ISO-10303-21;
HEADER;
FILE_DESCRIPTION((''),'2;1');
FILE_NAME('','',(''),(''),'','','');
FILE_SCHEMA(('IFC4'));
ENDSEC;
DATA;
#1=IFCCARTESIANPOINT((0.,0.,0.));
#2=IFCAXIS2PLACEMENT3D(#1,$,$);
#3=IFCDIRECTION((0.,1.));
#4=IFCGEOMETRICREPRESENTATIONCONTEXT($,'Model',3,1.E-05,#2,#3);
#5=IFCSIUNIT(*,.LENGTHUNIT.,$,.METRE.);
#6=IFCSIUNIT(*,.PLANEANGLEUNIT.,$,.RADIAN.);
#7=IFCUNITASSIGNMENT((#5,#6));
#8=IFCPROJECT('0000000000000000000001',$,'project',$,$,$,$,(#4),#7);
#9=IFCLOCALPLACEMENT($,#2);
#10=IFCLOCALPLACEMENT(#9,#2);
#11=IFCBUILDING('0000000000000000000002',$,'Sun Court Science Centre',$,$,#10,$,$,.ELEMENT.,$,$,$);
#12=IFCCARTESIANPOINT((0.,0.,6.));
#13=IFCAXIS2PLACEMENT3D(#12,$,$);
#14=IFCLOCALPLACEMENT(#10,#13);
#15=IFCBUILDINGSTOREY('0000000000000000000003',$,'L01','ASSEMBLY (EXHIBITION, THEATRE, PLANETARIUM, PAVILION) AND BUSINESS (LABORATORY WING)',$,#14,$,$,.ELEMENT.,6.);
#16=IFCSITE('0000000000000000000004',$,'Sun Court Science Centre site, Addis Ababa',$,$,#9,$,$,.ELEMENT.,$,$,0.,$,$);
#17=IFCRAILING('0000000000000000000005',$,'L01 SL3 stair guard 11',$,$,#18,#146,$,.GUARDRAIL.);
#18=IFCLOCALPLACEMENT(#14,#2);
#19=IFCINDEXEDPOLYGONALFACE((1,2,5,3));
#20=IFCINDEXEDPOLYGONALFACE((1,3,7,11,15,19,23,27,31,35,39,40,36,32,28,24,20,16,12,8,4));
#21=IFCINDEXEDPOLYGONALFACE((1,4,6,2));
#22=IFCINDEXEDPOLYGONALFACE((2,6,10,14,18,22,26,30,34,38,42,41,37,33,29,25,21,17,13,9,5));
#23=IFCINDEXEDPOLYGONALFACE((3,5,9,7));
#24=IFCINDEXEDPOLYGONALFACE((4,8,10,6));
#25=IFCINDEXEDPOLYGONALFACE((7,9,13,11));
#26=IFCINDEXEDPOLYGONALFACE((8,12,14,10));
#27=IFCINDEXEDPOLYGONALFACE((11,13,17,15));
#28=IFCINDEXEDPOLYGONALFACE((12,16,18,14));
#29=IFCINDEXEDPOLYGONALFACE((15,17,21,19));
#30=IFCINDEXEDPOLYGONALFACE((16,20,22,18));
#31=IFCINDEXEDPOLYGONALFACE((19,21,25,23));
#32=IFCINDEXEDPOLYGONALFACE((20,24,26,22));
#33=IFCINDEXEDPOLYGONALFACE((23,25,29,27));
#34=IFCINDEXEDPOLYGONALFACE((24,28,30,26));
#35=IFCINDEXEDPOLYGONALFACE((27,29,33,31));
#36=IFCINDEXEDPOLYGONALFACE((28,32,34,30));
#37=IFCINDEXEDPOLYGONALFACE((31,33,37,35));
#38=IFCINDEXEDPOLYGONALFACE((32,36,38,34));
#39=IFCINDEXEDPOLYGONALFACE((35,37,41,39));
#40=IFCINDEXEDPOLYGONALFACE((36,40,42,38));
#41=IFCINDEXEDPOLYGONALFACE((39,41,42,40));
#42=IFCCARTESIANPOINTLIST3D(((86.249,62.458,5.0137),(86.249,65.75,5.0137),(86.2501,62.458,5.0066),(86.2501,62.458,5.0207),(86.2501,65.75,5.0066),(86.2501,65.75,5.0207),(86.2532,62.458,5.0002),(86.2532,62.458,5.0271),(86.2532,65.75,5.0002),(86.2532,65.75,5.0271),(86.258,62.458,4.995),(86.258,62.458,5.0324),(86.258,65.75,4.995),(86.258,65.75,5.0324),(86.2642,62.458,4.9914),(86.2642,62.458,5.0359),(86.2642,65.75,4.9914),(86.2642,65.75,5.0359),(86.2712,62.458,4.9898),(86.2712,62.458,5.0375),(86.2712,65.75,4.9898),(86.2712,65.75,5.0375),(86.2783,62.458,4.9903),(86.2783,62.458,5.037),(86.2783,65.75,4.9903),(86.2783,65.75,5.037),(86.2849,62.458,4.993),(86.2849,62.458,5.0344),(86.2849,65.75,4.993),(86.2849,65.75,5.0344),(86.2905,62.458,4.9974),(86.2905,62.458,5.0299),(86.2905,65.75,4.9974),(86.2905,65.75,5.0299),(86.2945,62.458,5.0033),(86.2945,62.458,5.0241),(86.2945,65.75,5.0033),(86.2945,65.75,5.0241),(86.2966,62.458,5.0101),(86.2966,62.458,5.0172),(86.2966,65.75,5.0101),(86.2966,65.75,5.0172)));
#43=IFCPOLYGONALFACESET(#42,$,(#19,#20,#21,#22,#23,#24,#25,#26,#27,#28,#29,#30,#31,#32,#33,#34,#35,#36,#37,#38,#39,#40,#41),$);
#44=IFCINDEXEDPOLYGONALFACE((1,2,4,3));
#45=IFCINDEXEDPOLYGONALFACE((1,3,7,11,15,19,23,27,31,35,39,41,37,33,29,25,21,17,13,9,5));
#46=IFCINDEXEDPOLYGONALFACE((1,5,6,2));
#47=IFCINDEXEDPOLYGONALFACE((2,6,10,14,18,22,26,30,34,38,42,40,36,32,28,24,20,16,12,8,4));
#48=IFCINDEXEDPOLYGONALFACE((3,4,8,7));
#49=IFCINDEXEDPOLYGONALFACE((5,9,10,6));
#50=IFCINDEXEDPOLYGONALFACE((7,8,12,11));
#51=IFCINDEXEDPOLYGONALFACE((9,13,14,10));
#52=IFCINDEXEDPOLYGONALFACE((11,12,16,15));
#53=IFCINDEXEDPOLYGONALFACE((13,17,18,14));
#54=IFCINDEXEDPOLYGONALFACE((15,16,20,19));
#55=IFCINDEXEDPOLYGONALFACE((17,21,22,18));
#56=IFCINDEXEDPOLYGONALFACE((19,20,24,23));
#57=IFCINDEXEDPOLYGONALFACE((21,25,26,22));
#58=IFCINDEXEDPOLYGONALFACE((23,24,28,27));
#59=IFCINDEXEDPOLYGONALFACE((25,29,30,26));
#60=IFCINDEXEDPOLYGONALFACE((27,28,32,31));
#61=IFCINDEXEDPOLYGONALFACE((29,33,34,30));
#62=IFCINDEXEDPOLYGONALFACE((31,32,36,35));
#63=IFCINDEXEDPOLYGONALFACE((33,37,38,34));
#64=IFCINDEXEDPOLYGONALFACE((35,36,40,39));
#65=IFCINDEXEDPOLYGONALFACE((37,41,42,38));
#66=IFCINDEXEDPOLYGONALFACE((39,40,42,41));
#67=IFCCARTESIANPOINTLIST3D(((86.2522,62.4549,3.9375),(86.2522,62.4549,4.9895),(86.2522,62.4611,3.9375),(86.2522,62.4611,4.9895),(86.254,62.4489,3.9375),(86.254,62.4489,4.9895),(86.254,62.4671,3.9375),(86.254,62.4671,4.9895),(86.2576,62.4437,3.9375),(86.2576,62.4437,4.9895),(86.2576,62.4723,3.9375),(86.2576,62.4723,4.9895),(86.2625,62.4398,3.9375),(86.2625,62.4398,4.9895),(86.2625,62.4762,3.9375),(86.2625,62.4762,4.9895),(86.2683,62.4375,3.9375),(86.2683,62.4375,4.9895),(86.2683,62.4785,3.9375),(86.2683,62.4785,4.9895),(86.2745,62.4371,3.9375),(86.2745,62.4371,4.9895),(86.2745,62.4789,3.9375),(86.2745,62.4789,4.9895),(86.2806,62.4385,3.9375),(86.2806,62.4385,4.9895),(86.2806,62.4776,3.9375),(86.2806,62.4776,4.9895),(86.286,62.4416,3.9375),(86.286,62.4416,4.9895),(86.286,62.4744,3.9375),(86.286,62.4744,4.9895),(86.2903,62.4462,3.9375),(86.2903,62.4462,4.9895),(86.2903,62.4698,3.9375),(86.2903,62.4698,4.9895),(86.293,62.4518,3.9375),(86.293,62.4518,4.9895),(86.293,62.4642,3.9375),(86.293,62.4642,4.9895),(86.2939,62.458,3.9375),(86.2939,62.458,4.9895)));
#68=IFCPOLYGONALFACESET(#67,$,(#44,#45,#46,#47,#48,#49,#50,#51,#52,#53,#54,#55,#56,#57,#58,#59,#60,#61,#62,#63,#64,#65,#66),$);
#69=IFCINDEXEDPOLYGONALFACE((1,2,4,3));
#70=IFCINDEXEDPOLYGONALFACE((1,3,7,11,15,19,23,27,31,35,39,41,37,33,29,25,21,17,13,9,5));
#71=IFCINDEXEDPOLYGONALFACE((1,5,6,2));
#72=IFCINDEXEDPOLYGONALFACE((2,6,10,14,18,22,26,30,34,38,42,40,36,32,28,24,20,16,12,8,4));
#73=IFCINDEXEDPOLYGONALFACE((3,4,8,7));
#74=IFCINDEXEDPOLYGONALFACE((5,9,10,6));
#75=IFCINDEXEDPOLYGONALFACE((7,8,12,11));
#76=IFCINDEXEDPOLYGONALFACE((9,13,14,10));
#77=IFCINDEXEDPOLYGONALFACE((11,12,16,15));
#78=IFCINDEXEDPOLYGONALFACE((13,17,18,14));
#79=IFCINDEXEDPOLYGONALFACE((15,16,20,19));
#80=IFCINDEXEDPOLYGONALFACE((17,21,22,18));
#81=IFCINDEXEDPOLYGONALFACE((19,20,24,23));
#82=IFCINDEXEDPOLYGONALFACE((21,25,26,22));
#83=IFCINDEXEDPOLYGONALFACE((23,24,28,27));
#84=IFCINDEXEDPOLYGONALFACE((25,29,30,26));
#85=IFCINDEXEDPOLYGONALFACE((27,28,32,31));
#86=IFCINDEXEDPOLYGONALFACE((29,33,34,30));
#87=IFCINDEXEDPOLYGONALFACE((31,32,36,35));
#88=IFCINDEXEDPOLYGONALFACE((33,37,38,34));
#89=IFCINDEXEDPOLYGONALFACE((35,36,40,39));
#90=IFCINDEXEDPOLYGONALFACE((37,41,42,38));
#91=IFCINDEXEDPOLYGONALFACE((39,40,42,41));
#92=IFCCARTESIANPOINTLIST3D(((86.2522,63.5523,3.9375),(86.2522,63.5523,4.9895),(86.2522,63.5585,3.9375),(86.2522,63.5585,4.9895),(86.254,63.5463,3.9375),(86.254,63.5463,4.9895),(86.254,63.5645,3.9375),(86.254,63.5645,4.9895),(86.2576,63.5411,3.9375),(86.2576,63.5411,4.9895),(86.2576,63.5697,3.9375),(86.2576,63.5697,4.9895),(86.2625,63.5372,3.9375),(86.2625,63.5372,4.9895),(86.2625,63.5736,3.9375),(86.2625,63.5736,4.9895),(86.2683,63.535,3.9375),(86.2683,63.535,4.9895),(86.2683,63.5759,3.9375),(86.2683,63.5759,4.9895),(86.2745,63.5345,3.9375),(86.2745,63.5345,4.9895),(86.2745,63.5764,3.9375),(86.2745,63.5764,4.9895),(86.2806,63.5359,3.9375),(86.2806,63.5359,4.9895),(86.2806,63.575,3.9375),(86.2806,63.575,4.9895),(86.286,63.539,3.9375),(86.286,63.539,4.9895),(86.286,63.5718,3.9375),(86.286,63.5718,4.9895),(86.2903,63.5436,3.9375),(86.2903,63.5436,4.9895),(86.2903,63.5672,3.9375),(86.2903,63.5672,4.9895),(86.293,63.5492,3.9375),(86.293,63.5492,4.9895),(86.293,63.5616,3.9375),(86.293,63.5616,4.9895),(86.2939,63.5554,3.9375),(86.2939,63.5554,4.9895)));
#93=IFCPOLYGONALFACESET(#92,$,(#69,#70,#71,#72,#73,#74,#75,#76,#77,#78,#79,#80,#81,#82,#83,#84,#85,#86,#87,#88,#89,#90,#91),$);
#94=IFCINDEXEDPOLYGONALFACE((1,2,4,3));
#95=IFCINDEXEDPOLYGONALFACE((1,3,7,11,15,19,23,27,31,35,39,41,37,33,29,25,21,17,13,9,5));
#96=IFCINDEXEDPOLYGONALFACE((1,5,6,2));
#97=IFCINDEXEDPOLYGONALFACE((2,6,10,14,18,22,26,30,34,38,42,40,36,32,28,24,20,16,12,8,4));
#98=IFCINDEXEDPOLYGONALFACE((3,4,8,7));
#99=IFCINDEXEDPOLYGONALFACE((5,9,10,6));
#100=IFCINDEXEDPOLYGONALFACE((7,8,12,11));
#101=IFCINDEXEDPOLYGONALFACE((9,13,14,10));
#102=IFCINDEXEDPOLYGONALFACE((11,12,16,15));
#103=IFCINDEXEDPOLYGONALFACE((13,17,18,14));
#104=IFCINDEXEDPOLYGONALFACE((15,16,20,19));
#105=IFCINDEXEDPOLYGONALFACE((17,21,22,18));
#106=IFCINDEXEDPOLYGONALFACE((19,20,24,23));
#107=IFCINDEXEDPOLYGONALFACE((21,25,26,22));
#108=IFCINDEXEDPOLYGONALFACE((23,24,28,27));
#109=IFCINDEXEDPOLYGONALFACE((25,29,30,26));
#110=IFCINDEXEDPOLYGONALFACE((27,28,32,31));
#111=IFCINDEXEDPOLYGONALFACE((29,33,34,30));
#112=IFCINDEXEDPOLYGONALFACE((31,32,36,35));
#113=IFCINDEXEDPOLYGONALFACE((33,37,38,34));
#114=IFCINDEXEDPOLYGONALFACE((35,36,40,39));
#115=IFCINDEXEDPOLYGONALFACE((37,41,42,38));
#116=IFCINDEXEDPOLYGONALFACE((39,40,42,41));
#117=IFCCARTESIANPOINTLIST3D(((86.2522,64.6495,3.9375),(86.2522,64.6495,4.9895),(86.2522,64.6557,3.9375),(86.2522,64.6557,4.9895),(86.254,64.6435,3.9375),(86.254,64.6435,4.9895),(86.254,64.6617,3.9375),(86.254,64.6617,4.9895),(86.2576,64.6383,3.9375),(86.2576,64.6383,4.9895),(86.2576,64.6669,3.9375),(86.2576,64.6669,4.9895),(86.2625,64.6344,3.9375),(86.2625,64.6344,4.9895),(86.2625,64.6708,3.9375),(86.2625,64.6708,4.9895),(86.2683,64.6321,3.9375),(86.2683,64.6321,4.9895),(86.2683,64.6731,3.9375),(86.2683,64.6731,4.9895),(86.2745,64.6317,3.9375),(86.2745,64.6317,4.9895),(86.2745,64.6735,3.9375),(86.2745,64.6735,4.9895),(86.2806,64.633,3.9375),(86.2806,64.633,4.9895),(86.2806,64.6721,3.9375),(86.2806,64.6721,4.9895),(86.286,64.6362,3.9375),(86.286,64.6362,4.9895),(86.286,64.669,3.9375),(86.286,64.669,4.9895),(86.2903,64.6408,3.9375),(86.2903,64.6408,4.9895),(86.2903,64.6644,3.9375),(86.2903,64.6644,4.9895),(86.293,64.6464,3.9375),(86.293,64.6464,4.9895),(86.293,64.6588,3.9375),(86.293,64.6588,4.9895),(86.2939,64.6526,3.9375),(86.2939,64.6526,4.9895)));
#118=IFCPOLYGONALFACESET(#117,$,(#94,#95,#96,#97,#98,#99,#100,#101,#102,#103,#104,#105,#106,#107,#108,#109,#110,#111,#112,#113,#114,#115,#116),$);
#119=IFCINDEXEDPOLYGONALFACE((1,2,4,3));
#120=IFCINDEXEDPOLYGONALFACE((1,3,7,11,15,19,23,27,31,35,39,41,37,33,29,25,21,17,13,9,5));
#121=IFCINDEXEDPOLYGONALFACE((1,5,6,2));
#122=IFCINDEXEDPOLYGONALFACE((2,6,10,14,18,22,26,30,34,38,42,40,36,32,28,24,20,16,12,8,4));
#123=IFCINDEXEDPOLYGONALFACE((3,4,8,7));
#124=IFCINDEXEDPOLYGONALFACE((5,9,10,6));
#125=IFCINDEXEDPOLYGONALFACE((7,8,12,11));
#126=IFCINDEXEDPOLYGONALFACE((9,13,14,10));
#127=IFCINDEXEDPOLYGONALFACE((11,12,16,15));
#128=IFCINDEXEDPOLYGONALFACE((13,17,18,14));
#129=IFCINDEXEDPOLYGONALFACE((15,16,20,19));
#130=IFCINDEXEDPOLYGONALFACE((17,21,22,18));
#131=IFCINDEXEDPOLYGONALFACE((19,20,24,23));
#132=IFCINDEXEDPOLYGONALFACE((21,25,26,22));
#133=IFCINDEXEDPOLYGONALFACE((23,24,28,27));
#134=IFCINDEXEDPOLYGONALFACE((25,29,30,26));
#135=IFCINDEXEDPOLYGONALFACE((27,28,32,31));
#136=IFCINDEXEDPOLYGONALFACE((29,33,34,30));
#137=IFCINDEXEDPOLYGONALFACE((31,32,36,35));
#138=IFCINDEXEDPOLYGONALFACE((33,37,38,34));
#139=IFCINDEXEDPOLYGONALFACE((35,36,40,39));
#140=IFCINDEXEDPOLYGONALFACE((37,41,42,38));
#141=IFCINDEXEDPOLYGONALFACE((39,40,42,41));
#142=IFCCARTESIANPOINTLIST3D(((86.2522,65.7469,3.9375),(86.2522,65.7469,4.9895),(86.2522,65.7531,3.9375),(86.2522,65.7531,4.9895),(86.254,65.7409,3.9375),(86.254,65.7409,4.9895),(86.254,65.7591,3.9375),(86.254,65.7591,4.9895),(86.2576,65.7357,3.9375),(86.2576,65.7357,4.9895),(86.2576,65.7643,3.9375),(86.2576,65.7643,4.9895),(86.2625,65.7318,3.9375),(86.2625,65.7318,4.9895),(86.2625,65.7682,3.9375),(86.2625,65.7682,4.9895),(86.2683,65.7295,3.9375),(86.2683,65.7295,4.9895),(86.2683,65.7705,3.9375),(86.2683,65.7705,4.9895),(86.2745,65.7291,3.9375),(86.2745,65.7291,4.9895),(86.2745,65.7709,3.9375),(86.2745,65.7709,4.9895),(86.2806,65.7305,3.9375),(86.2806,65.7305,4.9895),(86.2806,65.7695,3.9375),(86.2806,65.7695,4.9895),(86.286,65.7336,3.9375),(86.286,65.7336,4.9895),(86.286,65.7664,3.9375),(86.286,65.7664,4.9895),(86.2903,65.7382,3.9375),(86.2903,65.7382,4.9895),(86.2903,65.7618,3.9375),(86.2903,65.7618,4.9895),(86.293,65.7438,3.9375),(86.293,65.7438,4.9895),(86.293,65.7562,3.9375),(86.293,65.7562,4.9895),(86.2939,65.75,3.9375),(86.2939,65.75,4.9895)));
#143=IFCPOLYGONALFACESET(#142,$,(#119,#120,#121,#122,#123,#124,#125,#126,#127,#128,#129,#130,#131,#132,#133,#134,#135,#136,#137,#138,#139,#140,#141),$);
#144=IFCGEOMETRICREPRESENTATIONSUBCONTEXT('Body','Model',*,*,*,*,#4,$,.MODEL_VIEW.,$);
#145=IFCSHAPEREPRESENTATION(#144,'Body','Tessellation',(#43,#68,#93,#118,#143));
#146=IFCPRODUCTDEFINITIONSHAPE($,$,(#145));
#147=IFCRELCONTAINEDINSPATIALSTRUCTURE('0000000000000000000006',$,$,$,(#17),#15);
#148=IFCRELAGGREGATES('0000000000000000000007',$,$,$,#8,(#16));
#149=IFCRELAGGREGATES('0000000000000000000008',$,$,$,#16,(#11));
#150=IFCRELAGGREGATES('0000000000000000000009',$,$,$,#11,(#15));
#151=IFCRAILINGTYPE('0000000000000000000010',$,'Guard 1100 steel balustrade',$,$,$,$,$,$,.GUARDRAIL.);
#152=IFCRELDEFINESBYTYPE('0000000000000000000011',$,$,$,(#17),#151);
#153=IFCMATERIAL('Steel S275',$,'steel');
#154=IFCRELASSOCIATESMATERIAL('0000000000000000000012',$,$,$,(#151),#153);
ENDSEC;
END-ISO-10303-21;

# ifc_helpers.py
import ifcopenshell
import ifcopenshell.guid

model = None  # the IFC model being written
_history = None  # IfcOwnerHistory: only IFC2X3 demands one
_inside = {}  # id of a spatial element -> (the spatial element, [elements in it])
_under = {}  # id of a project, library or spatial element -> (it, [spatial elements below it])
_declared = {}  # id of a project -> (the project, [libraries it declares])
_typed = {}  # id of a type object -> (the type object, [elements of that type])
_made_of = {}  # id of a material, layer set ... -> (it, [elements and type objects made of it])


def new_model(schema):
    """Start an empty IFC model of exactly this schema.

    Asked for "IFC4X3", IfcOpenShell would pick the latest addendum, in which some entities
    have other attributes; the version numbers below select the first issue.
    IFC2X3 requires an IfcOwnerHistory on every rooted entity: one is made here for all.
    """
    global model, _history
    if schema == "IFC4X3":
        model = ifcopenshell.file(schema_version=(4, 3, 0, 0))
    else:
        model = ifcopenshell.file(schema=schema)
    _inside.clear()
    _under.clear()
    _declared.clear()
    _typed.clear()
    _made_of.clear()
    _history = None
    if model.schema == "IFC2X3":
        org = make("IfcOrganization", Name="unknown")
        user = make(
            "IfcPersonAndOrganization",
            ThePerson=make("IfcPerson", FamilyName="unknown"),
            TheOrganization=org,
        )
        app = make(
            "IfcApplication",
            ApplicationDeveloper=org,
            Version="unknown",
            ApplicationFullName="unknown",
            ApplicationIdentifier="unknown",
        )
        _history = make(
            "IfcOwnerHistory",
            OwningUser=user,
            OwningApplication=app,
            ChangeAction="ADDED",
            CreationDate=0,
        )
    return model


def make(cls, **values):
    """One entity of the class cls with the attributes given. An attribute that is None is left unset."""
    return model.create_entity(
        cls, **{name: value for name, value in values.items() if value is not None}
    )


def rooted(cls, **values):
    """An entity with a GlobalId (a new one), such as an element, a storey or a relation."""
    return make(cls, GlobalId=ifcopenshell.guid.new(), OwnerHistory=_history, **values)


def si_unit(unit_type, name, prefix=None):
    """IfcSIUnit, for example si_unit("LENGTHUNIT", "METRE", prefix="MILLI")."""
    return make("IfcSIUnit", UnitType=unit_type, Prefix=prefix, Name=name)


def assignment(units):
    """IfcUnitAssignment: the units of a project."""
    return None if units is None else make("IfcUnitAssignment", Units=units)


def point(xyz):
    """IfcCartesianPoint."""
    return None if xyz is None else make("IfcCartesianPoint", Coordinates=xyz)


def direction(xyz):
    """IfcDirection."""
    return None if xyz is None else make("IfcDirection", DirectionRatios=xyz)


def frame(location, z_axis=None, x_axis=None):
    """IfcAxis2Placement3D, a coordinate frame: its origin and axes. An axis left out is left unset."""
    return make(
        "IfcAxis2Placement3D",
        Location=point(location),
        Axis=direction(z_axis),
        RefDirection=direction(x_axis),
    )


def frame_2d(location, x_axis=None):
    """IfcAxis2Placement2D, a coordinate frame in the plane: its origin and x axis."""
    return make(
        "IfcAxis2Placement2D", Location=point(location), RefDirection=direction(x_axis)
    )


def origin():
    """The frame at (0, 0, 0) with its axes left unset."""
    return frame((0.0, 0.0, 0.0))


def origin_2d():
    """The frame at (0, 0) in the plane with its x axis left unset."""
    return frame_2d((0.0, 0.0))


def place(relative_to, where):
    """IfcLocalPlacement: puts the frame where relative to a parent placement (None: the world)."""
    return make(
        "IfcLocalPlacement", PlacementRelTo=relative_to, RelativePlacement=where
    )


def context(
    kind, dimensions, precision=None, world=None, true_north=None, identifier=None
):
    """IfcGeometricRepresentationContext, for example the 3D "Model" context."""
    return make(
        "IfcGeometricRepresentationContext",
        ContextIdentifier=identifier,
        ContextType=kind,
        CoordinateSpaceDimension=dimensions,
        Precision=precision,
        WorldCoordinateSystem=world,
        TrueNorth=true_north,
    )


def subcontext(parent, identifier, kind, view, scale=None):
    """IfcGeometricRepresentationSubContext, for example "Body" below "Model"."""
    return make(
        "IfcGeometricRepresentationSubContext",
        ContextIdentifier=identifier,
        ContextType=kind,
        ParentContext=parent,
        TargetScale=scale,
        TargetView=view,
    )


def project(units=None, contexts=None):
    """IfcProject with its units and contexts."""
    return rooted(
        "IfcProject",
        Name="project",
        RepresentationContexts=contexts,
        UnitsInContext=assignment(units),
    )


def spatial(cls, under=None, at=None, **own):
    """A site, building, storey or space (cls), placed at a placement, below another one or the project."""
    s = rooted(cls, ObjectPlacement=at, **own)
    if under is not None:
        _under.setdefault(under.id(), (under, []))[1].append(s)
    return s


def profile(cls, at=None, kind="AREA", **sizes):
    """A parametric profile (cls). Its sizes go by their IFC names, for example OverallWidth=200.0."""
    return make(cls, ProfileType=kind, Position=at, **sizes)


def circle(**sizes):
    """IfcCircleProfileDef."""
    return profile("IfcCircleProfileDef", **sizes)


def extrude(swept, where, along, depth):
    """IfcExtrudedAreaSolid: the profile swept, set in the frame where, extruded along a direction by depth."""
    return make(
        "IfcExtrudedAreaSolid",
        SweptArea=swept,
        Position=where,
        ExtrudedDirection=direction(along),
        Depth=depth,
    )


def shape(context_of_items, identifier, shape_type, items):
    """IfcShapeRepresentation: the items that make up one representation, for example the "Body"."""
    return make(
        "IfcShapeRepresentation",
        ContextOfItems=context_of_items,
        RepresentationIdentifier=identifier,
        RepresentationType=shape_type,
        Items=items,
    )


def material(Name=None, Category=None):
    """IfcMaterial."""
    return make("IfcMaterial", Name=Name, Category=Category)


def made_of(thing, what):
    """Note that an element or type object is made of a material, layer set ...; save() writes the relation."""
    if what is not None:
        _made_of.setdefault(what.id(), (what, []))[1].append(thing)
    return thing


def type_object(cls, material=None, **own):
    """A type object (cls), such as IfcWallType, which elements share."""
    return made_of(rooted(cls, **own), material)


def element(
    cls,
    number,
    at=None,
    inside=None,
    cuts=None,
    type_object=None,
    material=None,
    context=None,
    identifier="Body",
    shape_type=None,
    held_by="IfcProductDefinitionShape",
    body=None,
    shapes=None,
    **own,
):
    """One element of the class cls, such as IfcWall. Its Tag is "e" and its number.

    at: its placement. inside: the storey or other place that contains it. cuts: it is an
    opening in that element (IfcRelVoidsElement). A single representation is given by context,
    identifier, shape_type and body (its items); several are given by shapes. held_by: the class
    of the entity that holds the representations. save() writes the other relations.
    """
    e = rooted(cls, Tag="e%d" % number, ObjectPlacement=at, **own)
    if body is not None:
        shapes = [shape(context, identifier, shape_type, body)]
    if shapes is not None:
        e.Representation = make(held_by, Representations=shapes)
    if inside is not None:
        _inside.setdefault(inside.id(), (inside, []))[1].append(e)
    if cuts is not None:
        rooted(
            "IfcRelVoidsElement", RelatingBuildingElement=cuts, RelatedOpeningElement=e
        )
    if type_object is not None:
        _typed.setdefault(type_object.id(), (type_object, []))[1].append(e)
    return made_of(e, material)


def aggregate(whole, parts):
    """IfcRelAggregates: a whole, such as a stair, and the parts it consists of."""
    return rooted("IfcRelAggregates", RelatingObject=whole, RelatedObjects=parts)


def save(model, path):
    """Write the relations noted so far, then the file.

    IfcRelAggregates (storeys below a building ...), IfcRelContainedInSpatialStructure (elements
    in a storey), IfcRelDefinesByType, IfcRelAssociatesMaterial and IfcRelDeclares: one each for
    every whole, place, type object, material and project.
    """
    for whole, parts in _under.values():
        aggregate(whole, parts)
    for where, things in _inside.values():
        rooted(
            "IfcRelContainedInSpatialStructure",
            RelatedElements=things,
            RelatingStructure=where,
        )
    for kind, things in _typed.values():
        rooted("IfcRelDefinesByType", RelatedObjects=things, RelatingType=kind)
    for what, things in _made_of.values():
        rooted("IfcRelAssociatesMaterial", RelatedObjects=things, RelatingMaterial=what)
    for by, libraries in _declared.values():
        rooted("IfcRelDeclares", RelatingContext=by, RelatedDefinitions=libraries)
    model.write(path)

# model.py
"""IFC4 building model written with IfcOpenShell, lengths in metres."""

from ifc_helpers import new_model, si_unit, direction, frame, origin, origin_2d, place, context, subcontext, project, spatial, circle, extrude, material, type_object, element, save


model = new_model("IFC4")

# Units and contexts
model_context = context("Model", 3, precision=1e-05, world=origin(), true_north=direction((0.0, 1.0)))
body_context = subcontext(model_context, "Body", "Model", "MODEL_VIEW")
ifc_project = project(units=[si_unit("LENGTHUNIT", "METRE"), si_unit("PLANEANGLEUNIT", "RADIAN")], contexts=[model_context])

# Site, building, storey
site_placement = place(None, origin())
site = spatial("IfcSite", under=ifc_project, at=site_placement, Name="Sun Court Science Centre site, Addis Ababa", CompositionType="ELEMENT", RefElevation=0.0)
building_placement = place(site_placement, origin())
building = spatial("IfcBuilding", under=site, at=building_placement, Name="Sun Court Science Centre", CompositionType="ELEMENT")
storey_placement = place(building_placement, frame((0.0, 0.0, 6.0)))
storey = spatial("IfcBuildingStorey", under=building, at=storey_placement, Name="L01", Description="ASSEMBLY (EXHIBITION, THEATRE, PLANETARIUM, PAVILION) AND BUSINESS (LABORATORY WING)", CompositionType="ELEMENT", Elevation=6.0)

# Railing
ifc_material_1 = material(Name="Steel S275", Category="steel")
railing_type_1 = type_object("IfcRailingType", Name="Guard 1100 steel balustrade", PredefinedType="GUARDRAIL", material=ifc_material_1)
railing_1_placement = place(storey_placement, frame((86.2729, 62.458, 3.9375)))
element("IfcRailing", 1, at=railing_1_placement, inside=storey, type_object=railing_type_1, Name="L01 SL3 stair guard 11", PredefinedType="GUARDRAIL", context=body_context, shape_type="SweptSolid", body=[
    extrude(circle(Radius=0.0239, at=origin_2d()), frame((0.0, 0.0, 1.0762), z_axis=(0.0, 1.0, 0.0), x_axis=(-1.0, 0.0, 0.0)), (0.0, 0.0, 1.0), 3.292),
    extrude(circle(Radius=0.021, at=origin_2d()), origin(), (0.0, 0.0, 1.0), 1.052),
    extrude(circle(Radius=0.021, at=origin_2d()), frame((0.0, 1.0974, 0.0)), (0.0, 0.0, 1.0), 1.052),
    extrude(circle(Radius=0.021, at=origin_2d()), frame((0.0, 2.1946, 0.0)), (0.0, 0.0, 1.0), 1.052),
    extrude(circle(Radius=0.021, at=origin_2d()), frame((0.0, 3.292, 0.0)), (0.0, 0.0, 1.0), 1.052),
])

save(model, "model.ifc")
